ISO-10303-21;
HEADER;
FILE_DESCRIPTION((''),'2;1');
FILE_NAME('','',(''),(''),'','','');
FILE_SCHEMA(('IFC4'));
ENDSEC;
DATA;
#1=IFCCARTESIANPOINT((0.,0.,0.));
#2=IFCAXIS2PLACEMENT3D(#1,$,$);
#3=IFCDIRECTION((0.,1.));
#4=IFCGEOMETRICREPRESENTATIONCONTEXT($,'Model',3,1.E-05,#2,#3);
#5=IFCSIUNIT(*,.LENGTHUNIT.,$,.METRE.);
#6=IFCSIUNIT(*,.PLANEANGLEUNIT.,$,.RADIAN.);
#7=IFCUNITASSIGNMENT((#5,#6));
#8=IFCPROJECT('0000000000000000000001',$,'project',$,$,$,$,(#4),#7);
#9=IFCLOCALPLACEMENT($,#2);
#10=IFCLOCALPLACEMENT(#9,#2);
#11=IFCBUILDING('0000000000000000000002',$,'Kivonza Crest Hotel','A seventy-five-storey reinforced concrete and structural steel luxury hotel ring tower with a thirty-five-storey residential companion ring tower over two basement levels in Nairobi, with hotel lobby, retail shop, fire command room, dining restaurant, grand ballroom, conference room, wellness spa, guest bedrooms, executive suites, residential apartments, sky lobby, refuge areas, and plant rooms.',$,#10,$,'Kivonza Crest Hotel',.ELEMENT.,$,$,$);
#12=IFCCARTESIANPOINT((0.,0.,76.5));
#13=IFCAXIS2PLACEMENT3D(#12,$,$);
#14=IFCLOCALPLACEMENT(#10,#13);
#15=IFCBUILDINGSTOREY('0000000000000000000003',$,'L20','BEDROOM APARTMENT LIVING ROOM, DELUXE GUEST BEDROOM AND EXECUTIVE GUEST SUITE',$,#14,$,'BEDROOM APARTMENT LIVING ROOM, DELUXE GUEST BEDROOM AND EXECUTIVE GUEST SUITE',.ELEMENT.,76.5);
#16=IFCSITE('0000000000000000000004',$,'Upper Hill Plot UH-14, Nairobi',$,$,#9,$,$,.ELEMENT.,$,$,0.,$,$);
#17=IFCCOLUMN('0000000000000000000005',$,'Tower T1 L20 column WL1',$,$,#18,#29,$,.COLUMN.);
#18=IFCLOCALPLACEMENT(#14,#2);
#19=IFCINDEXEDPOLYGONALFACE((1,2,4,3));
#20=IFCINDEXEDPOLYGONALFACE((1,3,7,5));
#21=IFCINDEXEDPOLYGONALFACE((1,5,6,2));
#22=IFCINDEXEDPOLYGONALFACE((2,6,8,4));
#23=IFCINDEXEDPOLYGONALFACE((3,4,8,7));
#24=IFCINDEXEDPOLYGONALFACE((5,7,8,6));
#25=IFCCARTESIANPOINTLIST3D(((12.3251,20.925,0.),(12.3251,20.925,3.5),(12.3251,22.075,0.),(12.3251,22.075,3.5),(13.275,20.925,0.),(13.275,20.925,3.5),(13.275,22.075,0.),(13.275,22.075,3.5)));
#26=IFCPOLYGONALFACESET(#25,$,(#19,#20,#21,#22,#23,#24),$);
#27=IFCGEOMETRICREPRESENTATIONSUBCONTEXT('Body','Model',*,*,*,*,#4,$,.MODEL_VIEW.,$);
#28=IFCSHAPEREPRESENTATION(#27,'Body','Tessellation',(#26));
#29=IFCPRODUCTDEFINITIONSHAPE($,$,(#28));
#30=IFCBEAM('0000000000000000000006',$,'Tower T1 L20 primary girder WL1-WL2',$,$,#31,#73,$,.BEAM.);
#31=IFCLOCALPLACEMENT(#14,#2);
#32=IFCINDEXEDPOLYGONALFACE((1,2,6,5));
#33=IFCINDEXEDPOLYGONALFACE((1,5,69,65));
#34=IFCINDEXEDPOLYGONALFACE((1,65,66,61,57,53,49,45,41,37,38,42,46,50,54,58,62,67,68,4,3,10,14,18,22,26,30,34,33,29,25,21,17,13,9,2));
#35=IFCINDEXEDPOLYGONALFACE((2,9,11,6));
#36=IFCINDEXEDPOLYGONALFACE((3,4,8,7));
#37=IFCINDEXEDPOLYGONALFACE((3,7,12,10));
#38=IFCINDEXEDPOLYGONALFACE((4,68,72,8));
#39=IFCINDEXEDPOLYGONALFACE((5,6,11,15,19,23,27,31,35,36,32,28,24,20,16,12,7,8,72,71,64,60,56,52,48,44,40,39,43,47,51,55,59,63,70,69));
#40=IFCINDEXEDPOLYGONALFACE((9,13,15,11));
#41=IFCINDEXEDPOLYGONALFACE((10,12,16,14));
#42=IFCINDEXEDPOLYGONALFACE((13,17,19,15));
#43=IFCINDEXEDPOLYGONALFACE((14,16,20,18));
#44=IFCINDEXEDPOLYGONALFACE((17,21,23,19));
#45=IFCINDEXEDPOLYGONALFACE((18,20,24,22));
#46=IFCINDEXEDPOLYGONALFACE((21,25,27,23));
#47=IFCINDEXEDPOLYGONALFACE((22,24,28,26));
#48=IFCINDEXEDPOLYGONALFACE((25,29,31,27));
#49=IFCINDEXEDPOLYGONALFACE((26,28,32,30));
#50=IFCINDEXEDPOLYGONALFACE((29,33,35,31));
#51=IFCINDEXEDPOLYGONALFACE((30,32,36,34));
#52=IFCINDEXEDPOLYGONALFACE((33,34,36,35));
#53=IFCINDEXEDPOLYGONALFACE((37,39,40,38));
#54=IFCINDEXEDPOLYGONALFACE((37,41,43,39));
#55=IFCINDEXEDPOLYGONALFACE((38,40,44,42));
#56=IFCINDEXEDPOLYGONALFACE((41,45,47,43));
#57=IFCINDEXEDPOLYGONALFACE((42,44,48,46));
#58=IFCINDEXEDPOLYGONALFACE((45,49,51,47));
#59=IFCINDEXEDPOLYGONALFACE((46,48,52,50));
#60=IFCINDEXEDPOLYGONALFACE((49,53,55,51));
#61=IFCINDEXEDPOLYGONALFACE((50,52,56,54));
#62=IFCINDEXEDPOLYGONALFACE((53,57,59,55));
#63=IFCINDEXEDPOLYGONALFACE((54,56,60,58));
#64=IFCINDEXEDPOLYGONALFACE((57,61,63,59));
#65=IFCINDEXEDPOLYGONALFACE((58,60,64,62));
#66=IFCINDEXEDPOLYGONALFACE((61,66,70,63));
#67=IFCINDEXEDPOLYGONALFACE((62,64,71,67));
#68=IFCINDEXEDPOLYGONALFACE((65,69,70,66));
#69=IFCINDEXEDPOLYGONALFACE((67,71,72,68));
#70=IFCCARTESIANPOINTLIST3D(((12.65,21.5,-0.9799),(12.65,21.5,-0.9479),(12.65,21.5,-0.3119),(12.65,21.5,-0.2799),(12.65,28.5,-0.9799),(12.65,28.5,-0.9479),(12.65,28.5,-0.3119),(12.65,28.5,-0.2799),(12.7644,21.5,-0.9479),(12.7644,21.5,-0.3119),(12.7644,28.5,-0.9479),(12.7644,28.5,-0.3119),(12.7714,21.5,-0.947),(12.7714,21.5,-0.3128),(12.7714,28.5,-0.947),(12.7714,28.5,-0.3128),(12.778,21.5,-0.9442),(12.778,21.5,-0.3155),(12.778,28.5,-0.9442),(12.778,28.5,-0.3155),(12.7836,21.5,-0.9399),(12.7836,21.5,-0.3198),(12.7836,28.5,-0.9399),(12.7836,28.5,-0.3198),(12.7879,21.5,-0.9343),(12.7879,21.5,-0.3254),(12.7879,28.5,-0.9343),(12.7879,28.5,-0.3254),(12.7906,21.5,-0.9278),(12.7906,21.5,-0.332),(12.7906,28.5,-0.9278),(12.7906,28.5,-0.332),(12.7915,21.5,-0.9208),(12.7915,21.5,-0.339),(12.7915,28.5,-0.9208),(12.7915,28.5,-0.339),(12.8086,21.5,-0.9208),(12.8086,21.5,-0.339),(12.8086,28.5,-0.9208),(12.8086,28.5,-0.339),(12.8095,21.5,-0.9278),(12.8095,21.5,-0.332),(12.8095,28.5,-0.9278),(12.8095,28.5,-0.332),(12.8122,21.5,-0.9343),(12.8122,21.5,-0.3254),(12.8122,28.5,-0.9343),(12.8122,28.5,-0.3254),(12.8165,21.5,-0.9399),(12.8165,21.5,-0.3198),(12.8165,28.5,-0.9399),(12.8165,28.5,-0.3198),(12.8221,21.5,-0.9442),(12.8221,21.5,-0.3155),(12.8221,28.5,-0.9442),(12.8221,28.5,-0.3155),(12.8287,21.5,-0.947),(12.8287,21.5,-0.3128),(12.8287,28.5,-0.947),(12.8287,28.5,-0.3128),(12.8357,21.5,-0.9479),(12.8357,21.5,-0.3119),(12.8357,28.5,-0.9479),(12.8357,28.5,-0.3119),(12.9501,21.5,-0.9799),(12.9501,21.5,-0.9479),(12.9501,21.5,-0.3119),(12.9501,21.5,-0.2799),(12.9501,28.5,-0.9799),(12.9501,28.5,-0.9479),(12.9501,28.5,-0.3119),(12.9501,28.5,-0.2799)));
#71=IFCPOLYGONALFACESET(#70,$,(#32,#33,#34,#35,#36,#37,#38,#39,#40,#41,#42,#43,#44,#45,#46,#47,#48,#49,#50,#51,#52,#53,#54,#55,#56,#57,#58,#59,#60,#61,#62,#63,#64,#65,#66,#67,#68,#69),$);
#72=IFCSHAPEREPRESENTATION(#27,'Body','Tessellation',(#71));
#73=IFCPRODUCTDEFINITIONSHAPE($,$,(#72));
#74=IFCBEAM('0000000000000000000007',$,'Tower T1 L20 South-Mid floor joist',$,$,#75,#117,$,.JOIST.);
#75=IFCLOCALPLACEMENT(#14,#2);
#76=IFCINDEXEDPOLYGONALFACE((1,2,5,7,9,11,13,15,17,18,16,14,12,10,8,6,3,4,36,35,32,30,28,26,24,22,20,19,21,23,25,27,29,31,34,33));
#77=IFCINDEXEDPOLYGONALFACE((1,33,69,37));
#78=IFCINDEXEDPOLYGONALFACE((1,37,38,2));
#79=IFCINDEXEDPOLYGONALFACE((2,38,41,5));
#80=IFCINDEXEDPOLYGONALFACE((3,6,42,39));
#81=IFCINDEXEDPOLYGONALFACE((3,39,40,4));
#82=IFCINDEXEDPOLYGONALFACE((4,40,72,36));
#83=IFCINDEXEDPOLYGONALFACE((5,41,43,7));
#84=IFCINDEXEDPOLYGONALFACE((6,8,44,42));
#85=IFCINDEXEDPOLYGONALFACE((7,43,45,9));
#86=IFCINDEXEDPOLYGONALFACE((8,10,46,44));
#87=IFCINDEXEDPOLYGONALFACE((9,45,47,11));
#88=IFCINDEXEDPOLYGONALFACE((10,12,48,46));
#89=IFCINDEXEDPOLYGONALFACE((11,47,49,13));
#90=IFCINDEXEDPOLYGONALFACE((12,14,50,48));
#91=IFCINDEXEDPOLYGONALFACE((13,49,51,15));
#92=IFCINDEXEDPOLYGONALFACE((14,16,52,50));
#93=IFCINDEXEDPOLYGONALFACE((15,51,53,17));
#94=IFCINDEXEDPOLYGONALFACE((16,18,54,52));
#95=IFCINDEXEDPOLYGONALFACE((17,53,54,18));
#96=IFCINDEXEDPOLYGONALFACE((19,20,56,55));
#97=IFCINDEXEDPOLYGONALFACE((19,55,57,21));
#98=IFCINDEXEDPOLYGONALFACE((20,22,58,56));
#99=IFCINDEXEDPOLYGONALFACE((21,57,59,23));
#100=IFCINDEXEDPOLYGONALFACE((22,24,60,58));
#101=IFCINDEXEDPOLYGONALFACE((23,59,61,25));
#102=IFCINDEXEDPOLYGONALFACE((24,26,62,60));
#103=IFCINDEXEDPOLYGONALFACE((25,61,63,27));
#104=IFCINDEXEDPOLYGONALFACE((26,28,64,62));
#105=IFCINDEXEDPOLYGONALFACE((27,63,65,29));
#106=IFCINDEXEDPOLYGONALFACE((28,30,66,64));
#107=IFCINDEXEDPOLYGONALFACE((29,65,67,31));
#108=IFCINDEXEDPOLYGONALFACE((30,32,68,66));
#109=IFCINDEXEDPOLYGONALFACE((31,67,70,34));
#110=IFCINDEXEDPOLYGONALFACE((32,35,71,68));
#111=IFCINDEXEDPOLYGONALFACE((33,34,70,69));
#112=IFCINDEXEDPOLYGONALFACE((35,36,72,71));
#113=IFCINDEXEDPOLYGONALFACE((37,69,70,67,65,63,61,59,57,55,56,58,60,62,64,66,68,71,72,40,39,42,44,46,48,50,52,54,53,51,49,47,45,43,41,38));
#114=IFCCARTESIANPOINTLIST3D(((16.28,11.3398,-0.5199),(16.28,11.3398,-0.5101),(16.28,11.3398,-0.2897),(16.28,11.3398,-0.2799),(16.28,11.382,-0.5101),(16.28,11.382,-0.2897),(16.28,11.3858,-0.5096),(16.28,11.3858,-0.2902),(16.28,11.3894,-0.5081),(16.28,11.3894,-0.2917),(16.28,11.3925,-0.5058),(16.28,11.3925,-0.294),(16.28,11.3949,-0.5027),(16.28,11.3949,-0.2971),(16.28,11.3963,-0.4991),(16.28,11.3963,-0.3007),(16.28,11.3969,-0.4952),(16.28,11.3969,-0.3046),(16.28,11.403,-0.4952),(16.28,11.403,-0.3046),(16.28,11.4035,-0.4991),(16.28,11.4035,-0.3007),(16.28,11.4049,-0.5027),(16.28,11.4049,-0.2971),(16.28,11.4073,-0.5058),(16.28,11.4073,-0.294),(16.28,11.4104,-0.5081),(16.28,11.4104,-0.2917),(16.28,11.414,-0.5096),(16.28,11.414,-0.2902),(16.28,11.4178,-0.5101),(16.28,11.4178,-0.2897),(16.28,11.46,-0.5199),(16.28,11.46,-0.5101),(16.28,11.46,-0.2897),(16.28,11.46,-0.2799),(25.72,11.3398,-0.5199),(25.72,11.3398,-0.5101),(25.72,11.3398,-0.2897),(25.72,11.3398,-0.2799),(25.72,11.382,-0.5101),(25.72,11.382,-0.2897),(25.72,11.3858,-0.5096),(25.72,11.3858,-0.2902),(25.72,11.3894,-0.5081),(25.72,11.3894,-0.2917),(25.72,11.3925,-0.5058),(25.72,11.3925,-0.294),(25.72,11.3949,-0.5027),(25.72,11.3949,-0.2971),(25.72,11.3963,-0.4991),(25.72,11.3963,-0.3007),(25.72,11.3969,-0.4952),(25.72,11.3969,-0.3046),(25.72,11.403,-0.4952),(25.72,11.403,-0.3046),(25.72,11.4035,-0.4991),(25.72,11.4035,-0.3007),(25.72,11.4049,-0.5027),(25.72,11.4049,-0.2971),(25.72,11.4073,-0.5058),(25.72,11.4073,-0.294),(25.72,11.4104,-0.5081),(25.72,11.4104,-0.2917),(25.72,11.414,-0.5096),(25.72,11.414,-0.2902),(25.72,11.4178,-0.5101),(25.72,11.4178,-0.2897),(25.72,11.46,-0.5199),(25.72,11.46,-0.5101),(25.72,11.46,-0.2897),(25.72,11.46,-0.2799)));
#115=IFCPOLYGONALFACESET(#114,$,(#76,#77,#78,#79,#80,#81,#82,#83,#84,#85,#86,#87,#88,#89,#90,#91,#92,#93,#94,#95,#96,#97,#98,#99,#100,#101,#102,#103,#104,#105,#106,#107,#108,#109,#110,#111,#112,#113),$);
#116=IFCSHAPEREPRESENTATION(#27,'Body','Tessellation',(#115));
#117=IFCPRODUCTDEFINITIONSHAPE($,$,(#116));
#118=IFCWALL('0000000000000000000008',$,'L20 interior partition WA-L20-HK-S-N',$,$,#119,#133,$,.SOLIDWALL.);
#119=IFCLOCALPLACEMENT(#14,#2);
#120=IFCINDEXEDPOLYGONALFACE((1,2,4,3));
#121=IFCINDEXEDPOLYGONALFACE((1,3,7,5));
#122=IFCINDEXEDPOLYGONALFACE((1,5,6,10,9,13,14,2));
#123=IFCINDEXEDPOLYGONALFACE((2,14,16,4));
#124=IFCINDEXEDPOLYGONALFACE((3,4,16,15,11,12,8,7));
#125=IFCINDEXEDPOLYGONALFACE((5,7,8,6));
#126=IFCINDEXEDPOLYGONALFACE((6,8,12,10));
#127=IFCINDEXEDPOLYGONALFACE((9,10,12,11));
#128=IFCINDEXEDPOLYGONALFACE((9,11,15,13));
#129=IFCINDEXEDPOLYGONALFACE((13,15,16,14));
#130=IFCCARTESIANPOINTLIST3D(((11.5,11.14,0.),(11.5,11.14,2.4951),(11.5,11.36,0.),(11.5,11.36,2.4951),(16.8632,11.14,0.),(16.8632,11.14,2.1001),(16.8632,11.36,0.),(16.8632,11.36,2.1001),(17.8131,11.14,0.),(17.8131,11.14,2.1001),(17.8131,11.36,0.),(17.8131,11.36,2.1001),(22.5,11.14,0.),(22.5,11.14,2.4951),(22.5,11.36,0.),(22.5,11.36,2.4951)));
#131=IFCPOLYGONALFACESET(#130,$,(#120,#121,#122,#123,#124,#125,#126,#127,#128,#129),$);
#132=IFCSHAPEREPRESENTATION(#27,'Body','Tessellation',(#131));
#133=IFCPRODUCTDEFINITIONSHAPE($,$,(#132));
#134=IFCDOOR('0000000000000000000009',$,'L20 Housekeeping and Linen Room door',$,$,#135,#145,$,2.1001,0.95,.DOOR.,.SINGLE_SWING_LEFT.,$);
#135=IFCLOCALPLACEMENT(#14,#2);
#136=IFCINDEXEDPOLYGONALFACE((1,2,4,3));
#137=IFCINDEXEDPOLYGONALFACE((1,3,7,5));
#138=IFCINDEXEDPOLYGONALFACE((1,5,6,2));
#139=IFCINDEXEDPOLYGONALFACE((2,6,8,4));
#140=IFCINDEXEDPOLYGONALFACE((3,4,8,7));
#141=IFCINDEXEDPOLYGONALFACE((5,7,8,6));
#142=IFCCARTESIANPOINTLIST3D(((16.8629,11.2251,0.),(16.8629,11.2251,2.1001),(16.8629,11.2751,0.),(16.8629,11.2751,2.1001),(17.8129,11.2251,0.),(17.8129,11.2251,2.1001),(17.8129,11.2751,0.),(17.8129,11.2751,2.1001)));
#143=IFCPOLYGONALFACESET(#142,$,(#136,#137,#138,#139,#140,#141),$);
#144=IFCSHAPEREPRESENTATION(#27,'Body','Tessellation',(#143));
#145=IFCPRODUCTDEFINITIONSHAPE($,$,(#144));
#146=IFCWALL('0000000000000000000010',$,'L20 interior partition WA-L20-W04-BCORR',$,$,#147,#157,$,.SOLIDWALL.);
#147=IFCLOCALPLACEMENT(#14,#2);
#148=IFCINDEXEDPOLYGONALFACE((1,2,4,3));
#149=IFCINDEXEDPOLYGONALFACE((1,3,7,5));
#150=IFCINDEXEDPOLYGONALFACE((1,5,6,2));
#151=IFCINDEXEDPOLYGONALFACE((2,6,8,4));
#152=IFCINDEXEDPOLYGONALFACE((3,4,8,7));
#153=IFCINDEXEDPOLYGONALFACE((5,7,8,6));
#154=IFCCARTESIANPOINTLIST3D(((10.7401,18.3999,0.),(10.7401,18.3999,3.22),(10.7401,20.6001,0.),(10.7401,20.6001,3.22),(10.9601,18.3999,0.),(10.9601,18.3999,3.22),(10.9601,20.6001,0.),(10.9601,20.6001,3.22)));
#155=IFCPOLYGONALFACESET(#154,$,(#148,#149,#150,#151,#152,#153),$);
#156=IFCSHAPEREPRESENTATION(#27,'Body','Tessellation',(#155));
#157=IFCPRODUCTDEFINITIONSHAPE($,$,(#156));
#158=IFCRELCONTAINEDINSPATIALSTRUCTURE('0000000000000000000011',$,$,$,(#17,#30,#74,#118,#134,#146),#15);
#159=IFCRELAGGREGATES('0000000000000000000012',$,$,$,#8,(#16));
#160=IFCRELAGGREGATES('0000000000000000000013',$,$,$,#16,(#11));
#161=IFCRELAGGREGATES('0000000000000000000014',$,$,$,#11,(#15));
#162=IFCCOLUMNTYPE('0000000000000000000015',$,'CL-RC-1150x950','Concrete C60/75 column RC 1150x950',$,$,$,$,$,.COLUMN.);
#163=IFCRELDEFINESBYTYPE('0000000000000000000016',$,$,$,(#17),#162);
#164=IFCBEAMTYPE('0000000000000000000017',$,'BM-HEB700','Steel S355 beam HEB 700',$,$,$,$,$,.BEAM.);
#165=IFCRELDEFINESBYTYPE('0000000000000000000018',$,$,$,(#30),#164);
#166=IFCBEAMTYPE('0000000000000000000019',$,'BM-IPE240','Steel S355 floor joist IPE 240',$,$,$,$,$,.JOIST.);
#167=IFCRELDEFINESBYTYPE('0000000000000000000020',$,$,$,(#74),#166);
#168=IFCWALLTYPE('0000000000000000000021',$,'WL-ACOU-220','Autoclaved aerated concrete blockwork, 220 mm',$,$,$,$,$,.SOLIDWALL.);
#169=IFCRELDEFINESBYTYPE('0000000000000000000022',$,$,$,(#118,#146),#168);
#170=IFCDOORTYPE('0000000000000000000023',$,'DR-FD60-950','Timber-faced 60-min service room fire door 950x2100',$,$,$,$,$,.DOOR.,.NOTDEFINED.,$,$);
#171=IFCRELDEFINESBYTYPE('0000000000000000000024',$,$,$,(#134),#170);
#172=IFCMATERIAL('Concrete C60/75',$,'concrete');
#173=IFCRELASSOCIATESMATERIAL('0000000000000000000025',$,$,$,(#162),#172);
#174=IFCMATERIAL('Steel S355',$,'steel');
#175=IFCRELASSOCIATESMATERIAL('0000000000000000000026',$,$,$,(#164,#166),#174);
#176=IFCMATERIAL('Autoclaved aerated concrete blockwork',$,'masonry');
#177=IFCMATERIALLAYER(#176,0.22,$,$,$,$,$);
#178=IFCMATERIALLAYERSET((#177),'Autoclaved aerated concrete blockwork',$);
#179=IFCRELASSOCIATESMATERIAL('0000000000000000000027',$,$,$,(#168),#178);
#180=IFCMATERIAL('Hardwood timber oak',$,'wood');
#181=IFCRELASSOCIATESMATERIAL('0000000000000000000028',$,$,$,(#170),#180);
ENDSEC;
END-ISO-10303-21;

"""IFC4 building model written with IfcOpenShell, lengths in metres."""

from ifc_helpers import new_model, si_unit, direction, frame, frame_2d, origin, origin_2d, place, context, subcontext, project, spatial, rectangle, i_section, extrude, material, layer, layer_set, material_profile, profile_set, type_object, element, fill, save


model = new_model("IFC4")

# Units and contexts
model_context = context("Model", 3, precision=1e-05, world=origin(), true_north=direction((0.0, 1.0)))
body_context = subcontext(model_context, "Body", "Model", "MODEL_VIEW")
ifc_project = project(units=[si_unit("LENGTHUNIT", "METRE"), si_unit("PLANEANGLEUNIT", "RADIAN")], contexts=[model_context])

# Site, building, storey
site_placement = place(None, origin())
site = spatial("IfcSite", under=ifc_project, at=site_placement, Name="Upper Hill Plot UH-14, Nairobi", CompositionType="ELEMENT", RefElevation=0.0)
building_placement = place(site_placement, origin())
building = spatial("IfcBuilding", under=site, at=building_placement, Name="Kivonza Crest Hotel", Description="A seventy-five-storey reinforced concrete and structural steel luxury hotel ring tower with a thirty-five-storey residential companion ring tower over two basement levels in Nairobi, with hotel lobby, retail shop, fire command room, dining restaurant, grand ballroom, conference room, wellness spa, guest bedrooms, executive suites, residential apartments, sky lobby, refuge areas, and plant rooms.", LongName="Kivonza Crest Hotel", CompositionType="ELEMENT")
storey_placement = place(building_placement, frame((0.0, 0.0, 76.5)))
storey = spatial("IfcBuildingStorey", under=building, at=storey_placement, Name="L20", Description="BEDROOM APARTMENT LIVING ROOM, DELUXE GUEST BEDROOM AND EXECUTIVE GUEST SUITE", LongName="BEDROOM APARTMENT LIVING ROOM, DELUXE GUEST BEDROOM AND EXECUTIVE GUEST SUITE", CompositionType="ELEMENT", Elevation=76.5)

# Column
ifc_material_1 = material(Name="Concrete C60/75", Category="concrete")
ifc_material_profile_1 = material_profile(ifc_material_1, rectangle(XDim=0.95, YDim=1.1499, at=origin_2d()), Name="RC 1150x950")
ifc_profile_set_1 = profile_set([ifc_material_profile_1], Name="Concrete C60/75")
column_type = type_object("IfcColumnType", Name="CL-RC-1150x950", Description="Concrete C60/75 column RC 1150x950", PredefinedType="COLUMN", material=ifc_profile_set_1)
column_placement = place(storey_placement, frame((12.8, 21.5, 0.0), z_axis=(0.0, 0.0, 1.0), x_axis=(1.0, 0.0, 0.0)))
element("IfcColumn", 1, at=column_placement, inside=storey, type_object=column_type, Name="Tower T1 L20 column WL1", PredefinedType="COLUMN", context=body_context, shape_type="SweptSolid", body=[
    extrude(rectangle(XDim=0.95, YDim=1.1499, at=origin_2d()), origin(), (0.0, 0.0, 1.0), 3.5),
])

# Beams
ifc_material_2 = material(Name="Steel S355", Category="steel")
ifc_material_profile_2 = material_profile(ifc_material_2, i_section(OverallWidth=0.3, OverallDepth=0.7, WebThickness=0.0171, FlangeThickness=0.032, FilletRadius=0.0271, at=origin_2d()), Name="HEB 700")
ifc_profile_set_2 = profile_set([ifc_material_profile_2], Name="Steel S355")
beam_type_1 = type_object("IfcBeamType", Name="BM-HEB700", Description="Steel S355 beam HEB 700", PredefinedType="BEAM", material=ifc_profile_set_2)
beam_1_placement = place(storey_placement, frame((12.8, 21.5, -0.6299), z_axis=(0.0, 1.0, 0.0), x_axis=(-1.0, 0.0, 0.0)))
element("IfcBeam", 2, at=beam_1_placement, inside=storey, type_object=beam_type_1, Name="Tower T1 L20 primary girder WL1-WL2", PredefinedType="BEAM", context=body_context, shape_type="SweptSolid", body=[
    extrude(i_section(OverallWidth=0.3, OverallDepth=0.7, WebThickness=0.0171, FlangeThickness=0.032, FilletRadius=0.0271, at=origin_2d()), origin(), (0.0, 0.0, 1.0), 7.0),
])
ifc_material_profile_3 = material_profile(ifc_material_2, i_section(OverallWidth=0.1201, OverallDepth=0.24, WebThickness=0.0061, FlangeThickness=0.0098, FilletRadius=0.0149, at=origin_2d()), Name="IPE 240")
ifc_profile_set_3 = profile_set([ifc_material_profile_3], Name="Steel S355")
beam_type_2 = type_object("IfcBeamType", Name="BM-IPE240", Description="Steel S355 floor joist IPE 240", PredefinedType="JOIST", material=ifc_profile_set_3)
beam_2_placement = place(storey_placement, frame((16.28, 11.3999, -0.3999), z_axis=(1.0, 0.0, 0.0), x_axis=(0.0, 1.0, 0.0)))
element("IfcBeam", 3, at=beam_2_placement, inside=storey, type_object=beam_type_2, Name="Tower T1 L20 South-Mid floor joist", PredefinedType="JOIST", context=body_context, shape_type="SweptSolid", body=[
    extrude(i_section(OverallWidth=0.1201, OverallDepth=0.24, WebThickness=0.0061, FlangeThickness=0.0098, FilletRadius=0.0149, at=origin_2d()), origin(), (0.0, 0.0, 1.0), 9.4399),
])

# Wall, opening, door
ifc_material_3 = material(Name="Autoclaved aerated concrete blockwork", Category="masonry")
ifc_layer_1 = layer(ifc_material_3, 0.22)
ifc_layer_set_1 = layer_set([ifc_layer_1], Name="Autoclaved aerated concrete blockwork")
wall_type_1 = type_object("IfcWallType", Name="WL-ACOU-220", Description="Autoclaved aerated concrete blockwork, 220 mm", PredefinedType="SOLIDWALL", material=ifc_layer_set_1)
wall_1_placement = place(storey_placement, frame((11.5, 11.25, 0.0), z_axis=(0.0, 0.0, 1.0), x_axis=(1.0, 0.0, 0.0)))
wall_1 = element("IfcWall", 4, at=wall_1_placement, inside=storey, type_object=wall_type_1, Name="L20 interior partition WA-L20-HK-S-N", PredefinedType="SOLIDWALL", context=body_context, shape_type="SweptSolid", body=[
    extrude(rectangle(XDim=11.0, YDim=0.22, at=frame_2d((5.5, 0.0))), origin(), (0.0, 0.0, 1.0), 2.4951),
])
opening_1_placement = place(wall_1_placement, frame((5.363, 0.0, 0.0)))
opening_1 = element("IfcOpeningElement", 5, at=opening_1_placement, cuts=wall_1, PredefinedType="OPENING", context=body_context, shape_type="SweptSolid", body=[
    extrude(rectangle(XDim=0.95, YDim=2.1001, at=frame_2d((0.4751, 1.05))), frame((0.0, 0.1201, 0.0), z_axis=(0.0, -1.0, 0.0), x_axis=(1.0, 0.0, 0.0)), (0.0, 0.0, 1.0), 0.24),
])
ifc_material_4 = material(Name="Hardwood timber oak", Category="wood")
door_type_1 = type_object("IfcDoorType", Name="DR-FD60-950", Description="Timber-faced 60-min service room fire door 950x2100", OperationType="NOTDEFINED", PredefinedType="DOOR", material=ifc_material_4)
door_1_placement = place(opening_1_placement, frame((0.95, 0.0, 0.0), z_axis=(0.0, 0.0, 1.0), x_axis=(-1.0, 0.0, 0.0)))
door_1 = element("IfcDoor", 6, at=door_1_placement, inside=storey, type_object=door_type_1, Name="L20 Housekeeping and Linen Room door", OperationType="SINGLE_SWING_LEFT", OverallHeight=2.1001, OverallWidth=0.95, PredefinedType="DOOR", context=body_context, shape_type="SweptSolid", body=[
    extrude(rectangle(XDim=0.95, YDim=2.1001, at=frame_2d((0.4751, 1.05))), frame((0.0, 0.0249, 0.0), z_axis=(0.0, -1.0, 0.0), x_axis=(1.0, 0.0, 0.0)), (0.0, 0.0, 1.0), 0.05),
])
fill(opening_1, door_1)

# Wall
wall_2_placement = place(storey_placement, frame((10.8501, 18.3999, 0.0), z_axis=(0.0, 0.0, 1.0), x_axis=(0.0, 1.0, 0.0)))
element("IfcWall", 7, at=wall_2_placement, inside=storey, type_object=wall_type_1, Name="L20 interior partition WA-L20-W04-BCORR", PredefinedType="SOLIDWALL", context=body_context, shape_type="SweptSolid", body=[
    extrude(rectangle(XDim=2.2002, YDim=0.22, at=frame_2d((1.1001, 0.0))), origin(), (0.0, 0.0, 1.0), 3.22),
])

save(model, "model.ifc")
